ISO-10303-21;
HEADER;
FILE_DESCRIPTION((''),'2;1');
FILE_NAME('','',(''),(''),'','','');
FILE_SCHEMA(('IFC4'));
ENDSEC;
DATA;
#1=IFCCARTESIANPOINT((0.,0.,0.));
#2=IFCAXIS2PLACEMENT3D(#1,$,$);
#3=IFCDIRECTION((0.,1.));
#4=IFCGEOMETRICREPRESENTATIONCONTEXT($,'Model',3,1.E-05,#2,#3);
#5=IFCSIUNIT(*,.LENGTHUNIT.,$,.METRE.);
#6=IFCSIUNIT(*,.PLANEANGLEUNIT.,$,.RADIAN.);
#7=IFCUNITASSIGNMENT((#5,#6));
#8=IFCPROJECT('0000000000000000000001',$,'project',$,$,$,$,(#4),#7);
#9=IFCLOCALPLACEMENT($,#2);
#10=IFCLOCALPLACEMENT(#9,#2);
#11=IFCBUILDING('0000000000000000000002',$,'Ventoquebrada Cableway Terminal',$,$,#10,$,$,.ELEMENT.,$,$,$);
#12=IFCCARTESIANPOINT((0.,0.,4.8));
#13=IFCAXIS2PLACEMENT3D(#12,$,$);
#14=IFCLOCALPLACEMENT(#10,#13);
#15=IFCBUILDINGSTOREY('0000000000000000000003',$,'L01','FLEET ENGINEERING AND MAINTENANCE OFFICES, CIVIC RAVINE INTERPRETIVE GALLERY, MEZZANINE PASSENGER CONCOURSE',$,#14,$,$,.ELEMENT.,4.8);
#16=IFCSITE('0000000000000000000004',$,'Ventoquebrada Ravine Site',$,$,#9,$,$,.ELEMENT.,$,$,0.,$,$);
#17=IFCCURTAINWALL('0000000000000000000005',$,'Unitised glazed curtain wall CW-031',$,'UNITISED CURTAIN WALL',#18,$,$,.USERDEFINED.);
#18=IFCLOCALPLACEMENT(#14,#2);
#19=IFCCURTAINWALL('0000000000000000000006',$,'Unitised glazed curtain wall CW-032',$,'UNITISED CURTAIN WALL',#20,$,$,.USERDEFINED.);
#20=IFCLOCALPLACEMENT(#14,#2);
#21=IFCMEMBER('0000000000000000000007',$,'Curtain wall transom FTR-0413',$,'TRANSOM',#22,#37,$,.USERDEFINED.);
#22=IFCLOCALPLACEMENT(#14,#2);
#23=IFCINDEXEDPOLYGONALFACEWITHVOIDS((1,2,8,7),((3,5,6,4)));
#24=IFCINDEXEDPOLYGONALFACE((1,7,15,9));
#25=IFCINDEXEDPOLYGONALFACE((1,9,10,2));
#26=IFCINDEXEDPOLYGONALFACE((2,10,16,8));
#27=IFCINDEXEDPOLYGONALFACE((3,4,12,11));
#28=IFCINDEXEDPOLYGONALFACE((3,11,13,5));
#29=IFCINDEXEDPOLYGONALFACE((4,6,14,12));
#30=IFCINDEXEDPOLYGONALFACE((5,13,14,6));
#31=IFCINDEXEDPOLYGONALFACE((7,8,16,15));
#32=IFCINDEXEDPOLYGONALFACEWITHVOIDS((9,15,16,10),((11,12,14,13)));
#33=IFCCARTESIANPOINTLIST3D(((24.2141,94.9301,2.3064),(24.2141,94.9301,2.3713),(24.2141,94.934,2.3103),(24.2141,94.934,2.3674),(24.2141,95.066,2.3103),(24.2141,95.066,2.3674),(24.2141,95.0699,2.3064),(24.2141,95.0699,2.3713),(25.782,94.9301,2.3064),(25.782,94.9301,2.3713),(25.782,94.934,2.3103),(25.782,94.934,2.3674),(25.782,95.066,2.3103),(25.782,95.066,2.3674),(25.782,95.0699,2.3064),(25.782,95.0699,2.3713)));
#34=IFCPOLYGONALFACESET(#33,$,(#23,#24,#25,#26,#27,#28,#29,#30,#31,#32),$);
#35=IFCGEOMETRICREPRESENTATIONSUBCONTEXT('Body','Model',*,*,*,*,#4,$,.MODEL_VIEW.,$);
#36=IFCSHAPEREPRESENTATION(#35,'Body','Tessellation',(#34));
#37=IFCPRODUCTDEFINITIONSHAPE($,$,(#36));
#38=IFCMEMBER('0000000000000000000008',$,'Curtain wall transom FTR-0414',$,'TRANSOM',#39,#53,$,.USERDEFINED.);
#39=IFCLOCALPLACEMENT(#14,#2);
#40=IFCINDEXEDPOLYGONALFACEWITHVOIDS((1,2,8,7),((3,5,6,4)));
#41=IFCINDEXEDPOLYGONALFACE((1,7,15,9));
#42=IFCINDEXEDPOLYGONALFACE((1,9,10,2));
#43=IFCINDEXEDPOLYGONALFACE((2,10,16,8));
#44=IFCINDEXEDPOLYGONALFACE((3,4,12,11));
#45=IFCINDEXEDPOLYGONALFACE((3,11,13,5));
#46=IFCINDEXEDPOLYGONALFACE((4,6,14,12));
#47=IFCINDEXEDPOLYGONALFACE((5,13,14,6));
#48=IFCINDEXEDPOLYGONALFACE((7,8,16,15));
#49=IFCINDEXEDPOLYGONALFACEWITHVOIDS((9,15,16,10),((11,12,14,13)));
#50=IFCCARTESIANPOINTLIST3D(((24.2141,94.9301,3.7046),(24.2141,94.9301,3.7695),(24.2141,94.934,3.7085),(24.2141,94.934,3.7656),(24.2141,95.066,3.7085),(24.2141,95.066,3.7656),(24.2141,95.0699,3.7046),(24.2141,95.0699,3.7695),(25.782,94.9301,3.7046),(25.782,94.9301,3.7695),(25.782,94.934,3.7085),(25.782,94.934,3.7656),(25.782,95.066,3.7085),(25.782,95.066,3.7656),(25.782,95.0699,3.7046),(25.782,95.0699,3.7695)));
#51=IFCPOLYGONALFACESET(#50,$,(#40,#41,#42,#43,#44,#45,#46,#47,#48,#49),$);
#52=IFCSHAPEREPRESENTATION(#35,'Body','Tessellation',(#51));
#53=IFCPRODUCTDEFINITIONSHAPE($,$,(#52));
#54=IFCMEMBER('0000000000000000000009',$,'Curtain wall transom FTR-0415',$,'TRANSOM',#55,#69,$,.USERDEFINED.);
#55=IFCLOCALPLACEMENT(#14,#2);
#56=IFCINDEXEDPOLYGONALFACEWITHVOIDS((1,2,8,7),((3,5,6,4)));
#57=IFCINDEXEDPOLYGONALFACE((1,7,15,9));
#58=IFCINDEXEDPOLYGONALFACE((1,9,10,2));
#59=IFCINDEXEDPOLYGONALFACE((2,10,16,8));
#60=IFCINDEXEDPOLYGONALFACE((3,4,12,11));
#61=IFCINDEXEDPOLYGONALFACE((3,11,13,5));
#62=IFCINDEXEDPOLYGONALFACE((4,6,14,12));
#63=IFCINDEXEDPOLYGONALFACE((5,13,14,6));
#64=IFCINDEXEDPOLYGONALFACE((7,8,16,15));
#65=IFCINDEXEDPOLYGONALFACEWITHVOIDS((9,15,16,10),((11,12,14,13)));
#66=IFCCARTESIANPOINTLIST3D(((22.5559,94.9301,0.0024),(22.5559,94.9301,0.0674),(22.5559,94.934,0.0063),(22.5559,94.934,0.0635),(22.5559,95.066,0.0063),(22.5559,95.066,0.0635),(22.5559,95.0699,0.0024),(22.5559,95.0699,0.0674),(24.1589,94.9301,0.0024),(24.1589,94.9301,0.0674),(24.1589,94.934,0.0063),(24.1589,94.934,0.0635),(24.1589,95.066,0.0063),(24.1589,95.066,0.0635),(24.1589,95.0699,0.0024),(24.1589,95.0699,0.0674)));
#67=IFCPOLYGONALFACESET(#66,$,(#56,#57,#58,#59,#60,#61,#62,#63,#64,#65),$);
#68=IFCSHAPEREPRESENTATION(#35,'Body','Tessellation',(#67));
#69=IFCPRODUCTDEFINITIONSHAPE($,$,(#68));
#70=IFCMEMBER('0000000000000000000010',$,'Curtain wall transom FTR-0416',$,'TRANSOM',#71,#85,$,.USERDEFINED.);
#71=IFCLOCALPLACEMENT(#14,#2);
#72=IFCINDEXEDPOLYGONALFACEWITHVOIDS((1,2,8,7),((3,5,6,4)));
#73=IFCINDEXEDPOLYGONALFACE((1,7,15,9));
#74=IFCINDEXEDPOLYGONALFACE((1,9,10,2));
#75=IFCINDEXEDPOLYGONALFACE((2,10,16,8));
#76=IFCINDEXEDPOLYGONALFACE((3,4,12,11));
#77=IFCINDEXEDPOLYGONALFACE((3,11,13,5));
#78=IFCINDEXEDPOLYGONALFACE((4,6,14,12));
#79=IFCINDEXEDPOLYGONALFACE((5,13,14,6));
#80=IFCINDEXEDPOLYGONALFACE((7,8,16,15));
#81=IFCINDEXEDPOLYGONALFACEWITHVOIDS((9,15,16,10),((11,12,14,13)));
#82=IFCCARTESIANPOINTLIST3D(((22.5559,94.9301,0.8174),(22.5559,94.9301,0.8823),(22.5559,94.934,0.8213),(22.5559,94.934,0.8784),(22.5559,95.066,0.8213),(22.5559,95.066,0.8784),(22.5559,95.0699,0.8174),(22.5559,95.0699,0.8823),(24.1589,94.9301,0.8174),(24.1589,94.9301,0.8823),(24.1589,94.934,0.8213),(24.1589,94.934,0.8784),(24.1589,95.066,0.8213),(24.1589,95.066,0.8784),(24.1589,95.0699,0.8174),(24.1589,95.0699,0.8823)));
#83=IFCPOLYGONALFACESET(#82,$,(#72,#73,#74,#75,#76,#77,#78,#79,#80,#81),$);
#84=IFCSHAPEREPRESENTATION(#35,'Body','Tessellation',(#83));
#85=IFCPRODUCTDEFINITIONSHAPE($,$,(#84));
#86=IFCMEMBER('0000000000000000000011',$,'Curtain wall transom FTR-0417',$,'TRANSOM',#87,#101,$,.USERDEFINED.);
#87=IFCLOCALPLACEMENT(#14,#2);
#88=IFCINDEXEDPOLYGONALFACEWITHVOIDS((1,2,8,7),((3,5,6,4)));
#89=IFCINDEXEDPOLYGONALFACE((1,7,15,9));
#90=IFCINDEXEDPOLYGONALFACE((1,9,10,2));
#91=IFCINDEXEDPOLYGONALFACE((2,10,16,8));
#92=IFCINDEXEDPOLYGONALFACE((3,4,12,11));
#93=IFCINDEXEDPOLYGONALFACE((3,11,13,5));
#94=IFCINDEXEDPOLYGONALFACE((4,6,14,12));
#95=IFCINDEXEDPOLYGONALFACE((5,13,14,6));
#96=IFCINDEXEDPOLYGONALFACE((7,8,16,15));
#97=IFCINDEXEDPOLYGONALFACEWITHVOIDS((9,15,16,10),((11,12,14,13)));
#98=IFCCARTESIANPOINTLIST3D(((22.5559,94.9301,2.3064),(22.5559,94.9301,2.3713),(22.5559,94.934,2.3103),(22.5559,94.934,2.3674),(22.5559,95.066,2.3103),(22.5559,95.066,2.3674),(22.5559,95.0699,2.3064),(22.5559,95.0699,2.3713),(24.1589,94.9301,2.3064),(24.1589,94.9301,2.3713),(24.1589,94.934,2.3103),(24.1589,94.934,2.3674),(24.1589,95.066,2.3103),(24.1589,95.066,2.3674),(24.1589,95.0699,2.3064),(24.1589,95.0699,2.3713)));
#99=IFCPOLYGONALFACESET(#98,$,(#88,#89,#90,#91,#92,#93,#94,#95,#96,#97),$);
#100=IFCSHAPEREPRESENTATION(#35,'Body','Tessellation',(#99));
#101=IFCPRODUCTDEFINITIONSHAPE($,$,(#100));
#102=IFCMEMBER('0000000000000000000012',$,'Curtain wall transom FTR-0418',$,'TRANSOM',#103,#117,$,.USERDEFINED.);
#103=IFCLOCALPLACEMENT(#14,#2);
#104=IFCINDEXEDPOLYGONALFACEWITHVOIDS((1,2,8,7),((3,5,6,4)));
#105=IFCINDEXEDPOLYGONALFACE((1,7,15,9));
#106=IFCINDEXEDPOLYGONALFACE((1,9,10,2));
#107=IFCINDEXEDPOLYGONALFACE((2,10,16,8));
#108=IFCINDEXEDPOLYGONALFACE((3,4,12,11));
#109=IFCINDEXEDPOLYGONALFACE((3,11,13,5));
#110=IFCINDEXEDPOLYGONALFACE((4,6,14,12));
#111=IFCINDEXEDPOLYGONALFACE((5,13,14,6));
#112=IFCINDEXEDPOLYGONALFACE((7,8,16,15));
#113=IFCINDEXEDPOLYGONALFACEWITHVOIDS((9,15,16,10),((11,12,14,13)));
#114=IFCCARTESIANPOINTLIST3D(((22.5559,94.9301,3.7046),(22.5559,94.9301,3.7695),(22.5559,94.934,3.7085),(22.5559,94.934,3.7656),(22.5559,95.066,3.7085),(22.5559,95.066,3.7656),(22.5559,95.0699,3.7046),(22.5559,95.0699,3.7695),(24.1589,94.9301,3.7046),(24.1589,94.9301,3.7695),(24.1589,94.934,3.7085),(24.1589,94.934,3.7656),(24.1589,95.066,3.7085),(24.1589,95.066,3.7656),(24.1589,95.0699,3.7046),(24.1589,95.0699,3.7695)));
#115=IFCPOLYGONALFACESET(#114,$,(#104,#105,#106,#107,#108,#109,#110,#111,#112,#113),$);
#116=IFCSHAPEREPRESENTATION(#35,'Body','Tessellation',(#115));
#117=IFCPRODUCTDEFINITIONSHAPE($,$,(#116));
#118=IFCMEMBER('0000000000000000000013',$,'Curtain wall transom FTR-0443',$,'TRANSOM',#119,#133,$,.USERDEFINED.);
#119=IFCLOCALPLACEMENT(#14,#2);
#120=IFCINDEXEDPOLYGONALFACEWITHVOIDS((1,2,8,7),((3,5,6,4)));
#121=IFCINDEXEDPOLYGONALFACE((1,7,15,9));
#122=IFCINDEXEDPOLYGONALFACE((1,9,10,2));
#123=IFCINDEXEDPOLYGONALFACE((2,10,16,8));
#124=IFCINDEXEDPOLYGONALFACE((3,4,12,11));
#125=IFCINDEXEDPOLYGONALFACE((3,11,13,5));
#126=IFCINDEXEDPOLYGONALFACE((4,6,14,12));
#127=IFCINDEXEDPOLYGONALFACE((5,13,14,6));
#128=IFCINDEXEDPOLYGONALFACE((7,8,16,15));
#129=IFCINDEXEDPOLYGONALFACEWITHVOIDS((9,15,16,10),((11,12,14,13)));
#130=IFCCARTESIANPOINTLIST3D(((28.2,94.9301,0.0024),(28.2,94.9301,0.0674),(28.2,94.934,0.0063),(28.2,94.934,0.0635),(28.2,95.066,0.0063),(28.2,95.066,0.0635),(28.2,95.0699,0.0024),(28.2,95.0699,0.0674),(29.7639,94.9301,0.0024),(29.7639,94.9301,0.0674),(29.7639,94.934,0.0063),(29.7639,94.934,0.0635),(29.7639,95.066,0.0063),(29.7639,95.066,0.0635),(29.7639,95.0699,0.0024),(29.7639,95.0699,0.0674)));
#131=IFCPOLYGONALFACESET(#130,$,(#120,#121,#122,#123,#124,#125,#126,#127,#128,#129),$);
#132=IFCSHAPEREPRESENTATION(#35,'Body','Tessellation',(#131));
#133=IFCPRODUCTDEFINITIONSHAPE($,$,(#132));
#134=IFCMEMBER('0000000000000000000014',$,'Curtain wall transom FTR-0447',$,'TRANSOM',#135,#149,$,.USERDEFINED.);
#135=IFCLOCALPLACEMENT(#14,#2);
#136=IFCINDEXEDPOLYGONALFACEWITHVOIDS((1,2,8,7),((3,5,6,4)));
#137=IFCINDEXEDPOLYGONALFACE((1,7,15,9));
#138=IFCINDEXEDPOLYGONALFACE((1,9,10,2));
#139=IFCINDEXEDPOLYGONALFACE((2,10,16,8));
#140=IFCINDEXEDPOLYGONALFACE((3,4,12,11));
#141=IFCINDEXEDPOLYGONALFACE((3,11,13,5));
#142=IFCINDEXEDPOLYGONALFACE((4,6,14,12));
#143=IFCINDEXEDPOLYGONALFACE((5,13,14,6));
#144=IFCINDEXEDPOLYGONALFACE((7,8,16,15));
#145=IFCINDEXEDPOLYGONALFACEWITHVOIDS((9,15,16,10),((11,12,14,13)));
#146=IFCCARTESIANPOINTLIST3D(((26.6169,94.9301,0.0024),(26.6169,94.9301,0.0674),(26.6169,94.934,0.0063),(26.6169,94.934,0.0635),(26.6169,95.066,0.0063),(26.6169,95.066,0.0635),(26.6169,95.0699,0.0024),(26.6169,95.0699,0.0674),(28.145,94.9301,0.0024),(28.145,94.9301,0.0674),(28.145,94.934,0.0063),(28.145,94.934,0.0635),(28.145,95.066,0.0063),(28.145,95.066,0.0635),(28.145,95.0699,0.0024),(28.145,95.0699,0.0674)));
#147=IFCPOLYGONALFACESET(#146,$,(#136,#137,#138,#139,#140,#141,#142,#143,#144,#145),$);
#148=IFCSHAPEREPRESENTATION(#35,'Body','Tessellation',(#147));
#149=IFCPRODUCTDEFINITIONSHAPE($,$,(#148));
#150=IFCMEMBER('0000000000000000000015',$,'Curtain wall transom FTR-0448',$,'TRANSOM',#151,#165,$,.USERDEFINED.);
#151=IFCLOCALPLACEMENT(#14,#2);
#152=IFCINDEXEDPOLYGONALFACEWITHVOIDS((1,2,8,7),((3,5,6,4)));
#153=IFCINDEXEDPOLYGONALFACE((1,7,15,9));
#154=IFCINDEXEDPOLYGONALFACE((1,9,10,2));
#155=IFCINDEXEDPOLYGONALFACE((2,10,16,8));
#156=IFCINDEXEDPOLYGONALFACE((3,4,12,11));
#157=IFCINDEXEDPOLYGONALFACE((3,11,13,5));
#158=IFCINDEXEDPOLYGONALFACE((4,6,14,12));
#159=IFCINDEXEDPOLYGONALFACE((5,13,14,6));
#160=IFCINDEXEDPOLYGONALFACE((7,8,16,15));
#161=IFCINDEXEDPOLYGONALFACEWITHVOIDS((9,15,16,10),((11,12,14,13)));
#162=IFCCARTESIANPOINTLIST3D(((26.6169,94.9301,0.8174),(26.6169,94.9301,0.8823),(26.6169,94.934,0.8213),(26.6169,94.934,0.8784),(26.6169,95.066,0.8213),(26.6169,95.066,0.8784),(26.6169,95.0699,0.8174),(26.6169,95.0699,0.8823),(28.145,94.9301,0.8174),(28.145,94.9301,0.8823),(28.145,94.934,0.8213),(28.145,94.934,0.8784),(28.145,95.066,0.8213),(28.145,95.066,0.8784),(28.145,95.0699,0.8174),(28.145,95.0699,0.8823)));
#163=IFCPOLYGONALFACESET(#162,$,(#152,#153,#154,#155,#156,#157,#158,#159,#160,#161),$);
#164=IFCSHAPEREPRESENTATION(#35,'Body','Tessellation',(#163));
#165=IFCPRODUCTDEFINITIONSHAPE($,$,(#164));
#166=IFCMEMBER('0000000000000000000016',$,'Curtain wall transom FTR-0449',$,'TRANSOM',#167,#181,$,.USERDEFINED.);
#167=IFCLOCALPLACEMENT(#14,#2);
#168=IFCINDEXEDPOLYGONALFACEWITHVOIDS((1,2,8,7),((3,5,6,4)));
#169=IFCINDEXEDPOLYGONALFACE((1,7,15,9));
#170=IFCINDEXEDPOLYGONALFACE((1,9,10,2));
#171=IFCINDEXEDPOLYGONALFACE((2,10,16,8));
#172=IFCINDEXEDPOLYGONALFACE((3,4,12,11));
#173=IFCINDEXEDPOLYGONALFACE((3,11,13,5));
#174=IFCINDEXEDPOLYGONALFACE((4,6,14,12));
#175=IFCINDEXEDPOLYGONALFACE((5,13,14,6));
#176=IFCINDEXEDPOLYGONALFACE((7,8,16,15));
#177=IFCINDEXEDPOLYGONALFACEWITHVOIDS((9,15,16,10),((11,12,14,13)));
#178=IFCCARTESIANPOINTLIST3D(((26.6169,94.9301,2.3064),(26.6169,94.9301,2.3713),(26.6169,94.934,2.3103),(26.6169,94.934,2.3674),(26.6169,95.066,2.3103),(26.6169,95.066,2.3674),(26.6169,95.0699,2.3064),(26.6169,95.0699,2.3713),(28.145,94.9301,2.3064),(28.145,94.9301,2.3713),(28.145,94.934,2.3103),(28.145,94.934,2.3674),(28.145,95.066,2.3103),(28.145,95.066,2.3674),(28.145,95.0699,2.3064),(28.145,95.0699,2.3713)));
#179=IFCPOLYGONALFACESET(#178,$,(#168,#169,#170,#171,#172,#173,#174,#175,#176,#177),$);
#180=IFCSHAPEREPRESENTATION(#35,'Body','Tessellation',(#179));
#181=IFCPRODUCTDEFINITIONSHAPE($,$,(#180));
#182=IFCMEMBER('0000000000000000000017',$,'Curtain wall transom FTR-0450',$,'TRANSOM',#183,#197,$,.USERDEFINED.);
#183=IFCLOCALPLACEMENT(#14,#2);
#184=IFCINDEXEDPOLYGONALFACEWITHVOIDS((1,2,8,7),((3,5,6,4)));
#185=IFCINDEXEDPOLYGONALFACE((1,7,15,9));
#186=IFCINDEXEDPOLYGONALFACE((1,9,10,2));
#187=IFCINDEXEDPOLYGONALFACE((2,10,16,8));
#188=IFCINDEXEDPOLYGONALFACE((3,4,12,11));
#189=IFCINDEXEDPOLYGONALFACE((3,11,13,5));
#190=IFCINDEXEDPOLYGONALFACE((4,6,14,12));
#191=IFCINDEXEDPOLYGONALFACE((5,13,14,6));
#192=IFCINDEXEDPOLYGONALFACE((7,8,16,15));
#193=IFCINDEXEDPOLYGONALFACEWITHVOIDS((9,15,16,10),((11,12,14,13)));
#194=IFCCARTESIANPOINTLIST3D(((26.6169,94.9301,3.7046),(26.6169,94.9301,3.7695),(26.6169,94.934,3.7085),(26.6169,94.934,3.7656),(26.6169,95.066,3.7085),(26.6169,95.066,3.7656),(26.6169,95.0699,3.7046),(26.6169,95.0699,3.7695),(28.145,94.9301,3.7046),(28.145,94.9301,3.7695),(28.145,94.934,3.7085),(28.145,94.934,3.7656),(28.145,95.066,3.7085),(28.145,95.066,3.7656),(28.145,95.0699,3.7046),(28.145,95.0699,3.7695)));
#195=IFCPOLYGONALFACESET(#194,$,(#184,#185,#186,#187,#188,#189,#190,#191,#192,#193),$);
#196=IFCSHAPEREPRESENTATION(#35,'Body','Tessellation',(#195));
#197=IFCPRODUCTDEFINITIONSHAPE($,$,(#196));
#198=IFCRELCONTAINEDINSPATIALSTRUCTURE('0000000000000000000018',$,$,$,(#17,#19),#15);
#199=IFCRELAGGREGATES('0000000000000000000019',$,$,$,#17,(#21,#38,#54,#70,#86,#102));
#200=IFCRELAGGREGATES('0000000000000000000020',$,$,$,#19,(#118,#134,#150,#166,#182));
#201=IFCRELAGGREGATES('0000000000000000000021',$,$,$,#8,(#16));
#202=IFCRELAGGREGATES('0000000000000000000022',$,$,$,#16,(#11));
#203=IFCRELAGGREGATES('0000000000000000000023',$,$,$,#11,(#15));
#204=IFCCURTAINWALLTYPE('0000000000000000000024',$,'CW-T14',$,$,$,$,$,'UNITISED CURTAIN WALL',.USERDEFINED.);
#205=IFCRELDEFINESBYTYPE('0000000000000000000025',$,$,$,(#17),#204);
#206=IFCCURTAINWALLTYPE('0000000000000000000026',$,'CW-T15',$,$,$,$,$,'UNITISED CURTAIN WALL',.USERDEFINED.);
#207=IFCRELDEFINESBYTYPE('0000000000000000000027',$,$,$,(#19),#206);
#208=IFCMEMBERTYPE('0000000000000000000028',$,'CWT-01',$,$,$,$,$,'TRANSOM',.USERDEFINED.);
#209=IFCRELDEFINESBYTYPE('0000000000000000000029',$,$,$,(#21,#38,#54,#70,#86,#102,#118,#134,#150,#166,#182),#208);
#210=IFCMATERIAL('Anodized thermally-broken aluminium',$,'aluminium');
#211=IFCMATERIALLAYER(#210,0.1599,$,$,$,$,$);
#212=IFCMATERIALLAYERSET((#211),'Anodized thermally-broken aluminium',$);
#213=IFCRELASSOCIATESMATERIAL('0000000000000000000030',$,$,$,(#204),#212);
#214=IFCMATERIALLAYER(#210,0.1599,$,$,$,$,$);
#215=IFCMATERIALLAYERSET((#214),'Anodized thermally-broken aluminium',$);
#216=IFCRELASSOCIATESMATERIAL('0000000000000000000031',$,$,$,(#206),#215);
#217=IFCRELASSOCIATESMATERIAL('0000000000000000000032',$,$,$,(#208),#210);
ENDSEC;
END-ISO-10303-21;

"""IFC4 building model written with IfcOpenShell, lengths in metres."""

from ifc_helpers import new_model, si_unit, direction, frame, origin, origin_2d, place, context, subcontext, project, spatial, hollow_rectangle, extrude, material, layer, layer_set, material_profile, profile_set, type_object, element, aggregate, save


model = new_model("IFC4")

# Units and contexts
model_context = context("Model", 3, precision=1e-05, world=origin(), true_north=direction((0.0, 1.0)))
body_context = subcontext(model_context, "Body", "Model", "MODEL_VIEW")
ifc_project = project(units=[si_unit("LENGTHUNIT", "METRE"), si_unit("PLANEANGLEUNIT", "RADIAN")], contexts=[model_context])

# Site, building, storey
site_placement = place(None, origin())
site = spatial("IfcSite", under=ifc_project, at=site_placement, Name="Ventoquebrada Ravine Site", CompositionType="ELEMENT", RefElevation=0.0)
building_placement = place(site_placement, origin())
building = spatial("IfcBuilding", under=site, at=building_placement, Name="Ventoquebrada Cableway Terminal", CompositionType="ELEMENT")
storey_placement = place(building_placement, frame((0.0, 0.0, 4.8)))
storey = spatial("IfcBuildingStorey", under=building, at=storey_placement, Name="L01", Description="FLEET ENGINEERING AND MAINTENANCE OFFICES, CIVIC RAVINE INTERPRETIVE GALLERY, MEZZANINE PASSENGER CONCOURSE", CompositionType="ELEMENT", Elevation=4.8)

# Curtain walls
ifc_material_1 = material(Name="Anodized thermally-broken aluminium", Category="aluminium")
ifc_layer_1 = layer(ifc_material_1, 0.1599)
ifc_layer_set_1 = layer_set([ifc_layer_1], Name="Anodized thermally-broken aluminium")
curtain_wall_type_1 = type_object("IfcCurtainWallType", Name="CW-T14", ElementType="UNITISED CURTAIN WALL", PredefinedType="USERDEFINED", material=ifc_layer_set_1)
curtain_wall_1_placement = place(storey_placement, origin())
curtain_wall_1 = element("IfcCurtainWall", 1, at=curtain_wall_1_placement, inside=storey, type_object=curtain_wall_type_1, Name="Unitised glazed curtain wall CW-031", ObjectType="UNITISED CURTAIN WALL", PredefinedType="USERDEFINED")
ifc_layer_2 = layer(ifc_material_1, 0.1599)
ifc_layer_set_2 = layer_set([ifc_layer_2], Name="Anodized thermally-broken aluminium")
curtain_wall_type_2 = type_object("IfcCurtainWallType", Name="CW-T15", ElementType="UNITISED CURTAIN WALL", PredefinedType="USERDEFINED", material=ifc_layer_set_2)
curtain_wall_2_placement = place(storey_placement, origin())
curtain_wall_2 = element("IfcCurtainWall", 2, at=curtain_wall_2_placement, inside=storey, type_object=curtain_wall_type_2, Name="Unitised glazed curtain wall CW-032", ObjectType="UNITISED CURTAIN WALL", PredefinedType="USERDEFINED")

# Members
ifc_material_profile_1 = material_profile(ifc_material_1, hollow_rectangle(XDim=0.0649, YDim=0.1399, WallThickness=0.0039, at=origin_2d()), Name="CW-TRN-65X140")
ifc_profile_set_1 = profile_set([ifc_material_profile_1], Name="Anodized thermally-broken aluminium")
member_type_1 = type_object("IfcMemberType", Name="CWT-01", ElementType="TRANSOM", PredefinedType="USERDEFINED", material=ifc_profile_set_1)
member_1_placement = place(storey_placement, frame((25.782, 95.0, 2.3389), z_axis=(-1.0, 0.0, 0.0), x_axis=(0.0, 0.0, 1.0)))
member_1 = element("IfcMember", 3, at=member_1_placement, type_object=member_type_1, Name="Curtain wall transom FTR-0413", ObjectType="TRANSOM", PredefinedType="USERDEFINED", context=body_context, shape_type="SweptSolid", body=[
    extrude(hollow_rectangle(XDim=0.0649, YDim=0.1399, WallThickness=0.0039, at=origin_2d()), origin(), (0.0, 0.0, 1.0), 1.5679),
])
member_2_placement = place(storey_placement, frame((25.782, 95.0, 3.7371), z_axis=(-1.0, 0.0, 0.0), x_axis=(0.0, 0.0, 1.0)))
member_2 = element("IfcMember", 4, at=member_2_placement, type_object=member_type_1, Name="Curtain wall transom FTR-0414", ObjectType="TRANSOM", PredefinedType="USERDEFINED", context=body_context, shape_type="SweptSolid", body=[
    extrude(hollow_rectangle(XDim=0.0649, YDim=0.1399, WallThickness=0.0039, at=origin_2d()), origin(), (0.0, 0.0, 1.0), 1.5679),
])
member_3_placement = place(storey_placement, frame((24.1589, 95.0, 0.0349), z_axis=(-1.0, 0.0, 0.0), x_axis=(0.0, 0.0, 1.0)))
member_3 = element("IfcMember", 5, at=member_3_placement, type_object=member_type_1, Name="Curtain wall transom FTR-0415", ObjectType="TRANSOM", PredefinedType="USERDEFINED", context=body_context, shape_type="SweptSolid", body=[
    extrude(hollow_rectangle(XDim=0.0649, YDim=0.1399, WallThickness=0.0039, at=origin_2d()), origin(), (0.0, 0.0, 1.0), 1.603),
])
member_4_placement = place(storey_placement, frame((24.1589, 95.0, 0.8499), z_axis=(-1.0, 0.0, 0.0), x_axis=(0.0, 0.0, 1.0)))
member_4 = element("IfcMember", 6, at=member_4_placement, type_object=member_type_1, Name="Curtain wall transom FTR-0416", ObjectType="TRANSOM", PredefinedType="USERDEFINED", context=body_context, shape_type="SweptSolid", body=[
    extrude(hollow_rectangle(XDim=0.0649, YDim=0.1399, WallThickness=0.0039, at=origin_2d()), origin(), (0.0, 0.0, 1.0), 1.603),
])
member_5_placement = place(storey_placement, frame((24.1589, 95.0, 2.3389), z_axis=(-1.0, 0.0, 0.0), x_axis=(0.0, 0.0, 1.0)))
member_5 = element("IfcMember", 7, at=member_5_placement, type_object=member_type_1, Name="Curtain wall transom FTR-0417", ObjectType="TRANSOM", PredefinedType="USERDEFINED", context=body_context, shape_type="SweptSolid", body=[
    extrude(hollow_rectangle(XDim=0.0649, YDim=0.1399, WallThickness=0.0039, at=origin_2d()), origin(), (0.0, 0.0, 1.0), 1.603),
])
member_6_placement = place(storey_placement, frame((24.1589, 95.0, 3.7371), z_axis=(-1.0, 0.0, 0.0), x_axis=(0.0, 0.0, 1.0)))
member_6 = element("IfcMember", 8, at=member_6_placement, type_object=member_type_1, Name="Curtain wall transom FTR-0418", ObjectType="TRANSOM", PredefinedType="USERDEFINED", context=body_context, shape_type="SweptSolid", body=[
    extrude(hollow_rectangle(XDim=0.0649, YDim=0.1399, WallThickness=0.0039, at=origin_2d()), origin(), (0.0, 0.0, 1.0), 1.603),
])
member_7_placement = place(storey_placement, frame((29.7639, 95.0, 0.0349), z_axis=(-1.0, 0.0, 0.0), x_axis=(0.0, 0.0, 1.0)))
member_7 = element("IfcMember", 9, at=member_7_placement, type_object=member_type_1, Name="Curtain wall transom FTR-0443", ObjectType="TRANSOM", PredefinedType="USERDEFINED", context=body_context, shape_type="SweptSolid", body=[
    extrude(hollow_rectangle(XDim=0.0649, YDim=0.1399, WallThickness=0.0039, at=origin_2d()), origin(), (0.0, 0.0, 1.0), 1.564),
])
member_8_placement = place(storey_placement, frame((28.145, 95.0, 0.0349), z_axis=(-1.0, 0.0, 0.0), x_axis=(0.0, 0.0, 1.0)))
member_8 = element("IfcMember", 10, at=member_8_placement, type_object=member_type_1, Name="Curtain wall transom FTR-0447", ObjectType="TRANSOM", PredefinedType="USERDEFINED", context=body_context, shape_type="SweptSolid", body=[
    extrude(hollow_rectangle(XDim=0.0649, YDim=0.1399, WallThickness=0.0039, at=origin_2d()), origin(), (0.0, 0.0, 1.0), 1.5281),
])
member_9_placement = place(storey_placement, frame((28.145, 95.0, 0.8499), z_axis=(-1.0, 0.0, 0.0), x_axis=(0.0, 0.0, 1.0)))
member_9 = element("IfcMember", 11, at=member_9_placement, type_object=member_type_1, Name="Curtain wall transom FTR-0448", ObjectType="TRANSOM", PredefinedType="USERDEFINED", context=body_context, shape_type="SweptSolid", body=[
    extrude(hollow_rectangle(XDim=0.0649, YDim=0.1399, WallThickness=0.0039, at=origin_2d()), origin(), (0.0, 0.0, 1.0), 1.5281),
])
member_10_placement = place(storey_placement, frame((28.145, 95.0, 2.3389), z_axis=(-1.0, 0.0, 0.0), x_axis=(0.0, 0.0, 1.0)))
member_10 = element("IfcMember", 12, at=member_10_placement, type_object=member_type_1, Name="Curtain wall transom FTR-0449", ObjectType="TRANSOM", PredefinedType="USERDEFINED", context=body_context, shape_type="SweptSolid", body=[
    extrude(hollow_rectangle(XDim=0.0649, YDim=0.1399, WallThickness=0.0039, at=origin_2d()), origin(), (0.0, 0.0, 1.0), 1.5281),
])
member_11_placement = place(storey_placement, frame((28.145, 95.0, 3.7371), z_axis=(-1.0, 0.0, 0.0), x_axis=(0.0, 0.0, 1.0)))
member_11 = element("IfcMember", 13, at=member_11_placement, type_object=member_type_1, Name="Curtain wall transom FTR-0450", ObjectType="TRANSOM", PredefinedType="USERDEFINED", context=body_context, shape_type="SweptSolid", body=[
    extrude(hollow_rectangle(XDim=0.0649, YDim=0.1399, WallThickness=0.0039, at=origin_2d()), origin(), (0.0, 0.0, 1.0), 1.5281),
])

aggregate(curtain_wall_1, [member_1, member_2, member_3, member_4, member_5, member_6])
aggregate(curtain_wall_2, [member_7, member_8, member_9, member_10, member_11])

save(model, "model.ifc")
